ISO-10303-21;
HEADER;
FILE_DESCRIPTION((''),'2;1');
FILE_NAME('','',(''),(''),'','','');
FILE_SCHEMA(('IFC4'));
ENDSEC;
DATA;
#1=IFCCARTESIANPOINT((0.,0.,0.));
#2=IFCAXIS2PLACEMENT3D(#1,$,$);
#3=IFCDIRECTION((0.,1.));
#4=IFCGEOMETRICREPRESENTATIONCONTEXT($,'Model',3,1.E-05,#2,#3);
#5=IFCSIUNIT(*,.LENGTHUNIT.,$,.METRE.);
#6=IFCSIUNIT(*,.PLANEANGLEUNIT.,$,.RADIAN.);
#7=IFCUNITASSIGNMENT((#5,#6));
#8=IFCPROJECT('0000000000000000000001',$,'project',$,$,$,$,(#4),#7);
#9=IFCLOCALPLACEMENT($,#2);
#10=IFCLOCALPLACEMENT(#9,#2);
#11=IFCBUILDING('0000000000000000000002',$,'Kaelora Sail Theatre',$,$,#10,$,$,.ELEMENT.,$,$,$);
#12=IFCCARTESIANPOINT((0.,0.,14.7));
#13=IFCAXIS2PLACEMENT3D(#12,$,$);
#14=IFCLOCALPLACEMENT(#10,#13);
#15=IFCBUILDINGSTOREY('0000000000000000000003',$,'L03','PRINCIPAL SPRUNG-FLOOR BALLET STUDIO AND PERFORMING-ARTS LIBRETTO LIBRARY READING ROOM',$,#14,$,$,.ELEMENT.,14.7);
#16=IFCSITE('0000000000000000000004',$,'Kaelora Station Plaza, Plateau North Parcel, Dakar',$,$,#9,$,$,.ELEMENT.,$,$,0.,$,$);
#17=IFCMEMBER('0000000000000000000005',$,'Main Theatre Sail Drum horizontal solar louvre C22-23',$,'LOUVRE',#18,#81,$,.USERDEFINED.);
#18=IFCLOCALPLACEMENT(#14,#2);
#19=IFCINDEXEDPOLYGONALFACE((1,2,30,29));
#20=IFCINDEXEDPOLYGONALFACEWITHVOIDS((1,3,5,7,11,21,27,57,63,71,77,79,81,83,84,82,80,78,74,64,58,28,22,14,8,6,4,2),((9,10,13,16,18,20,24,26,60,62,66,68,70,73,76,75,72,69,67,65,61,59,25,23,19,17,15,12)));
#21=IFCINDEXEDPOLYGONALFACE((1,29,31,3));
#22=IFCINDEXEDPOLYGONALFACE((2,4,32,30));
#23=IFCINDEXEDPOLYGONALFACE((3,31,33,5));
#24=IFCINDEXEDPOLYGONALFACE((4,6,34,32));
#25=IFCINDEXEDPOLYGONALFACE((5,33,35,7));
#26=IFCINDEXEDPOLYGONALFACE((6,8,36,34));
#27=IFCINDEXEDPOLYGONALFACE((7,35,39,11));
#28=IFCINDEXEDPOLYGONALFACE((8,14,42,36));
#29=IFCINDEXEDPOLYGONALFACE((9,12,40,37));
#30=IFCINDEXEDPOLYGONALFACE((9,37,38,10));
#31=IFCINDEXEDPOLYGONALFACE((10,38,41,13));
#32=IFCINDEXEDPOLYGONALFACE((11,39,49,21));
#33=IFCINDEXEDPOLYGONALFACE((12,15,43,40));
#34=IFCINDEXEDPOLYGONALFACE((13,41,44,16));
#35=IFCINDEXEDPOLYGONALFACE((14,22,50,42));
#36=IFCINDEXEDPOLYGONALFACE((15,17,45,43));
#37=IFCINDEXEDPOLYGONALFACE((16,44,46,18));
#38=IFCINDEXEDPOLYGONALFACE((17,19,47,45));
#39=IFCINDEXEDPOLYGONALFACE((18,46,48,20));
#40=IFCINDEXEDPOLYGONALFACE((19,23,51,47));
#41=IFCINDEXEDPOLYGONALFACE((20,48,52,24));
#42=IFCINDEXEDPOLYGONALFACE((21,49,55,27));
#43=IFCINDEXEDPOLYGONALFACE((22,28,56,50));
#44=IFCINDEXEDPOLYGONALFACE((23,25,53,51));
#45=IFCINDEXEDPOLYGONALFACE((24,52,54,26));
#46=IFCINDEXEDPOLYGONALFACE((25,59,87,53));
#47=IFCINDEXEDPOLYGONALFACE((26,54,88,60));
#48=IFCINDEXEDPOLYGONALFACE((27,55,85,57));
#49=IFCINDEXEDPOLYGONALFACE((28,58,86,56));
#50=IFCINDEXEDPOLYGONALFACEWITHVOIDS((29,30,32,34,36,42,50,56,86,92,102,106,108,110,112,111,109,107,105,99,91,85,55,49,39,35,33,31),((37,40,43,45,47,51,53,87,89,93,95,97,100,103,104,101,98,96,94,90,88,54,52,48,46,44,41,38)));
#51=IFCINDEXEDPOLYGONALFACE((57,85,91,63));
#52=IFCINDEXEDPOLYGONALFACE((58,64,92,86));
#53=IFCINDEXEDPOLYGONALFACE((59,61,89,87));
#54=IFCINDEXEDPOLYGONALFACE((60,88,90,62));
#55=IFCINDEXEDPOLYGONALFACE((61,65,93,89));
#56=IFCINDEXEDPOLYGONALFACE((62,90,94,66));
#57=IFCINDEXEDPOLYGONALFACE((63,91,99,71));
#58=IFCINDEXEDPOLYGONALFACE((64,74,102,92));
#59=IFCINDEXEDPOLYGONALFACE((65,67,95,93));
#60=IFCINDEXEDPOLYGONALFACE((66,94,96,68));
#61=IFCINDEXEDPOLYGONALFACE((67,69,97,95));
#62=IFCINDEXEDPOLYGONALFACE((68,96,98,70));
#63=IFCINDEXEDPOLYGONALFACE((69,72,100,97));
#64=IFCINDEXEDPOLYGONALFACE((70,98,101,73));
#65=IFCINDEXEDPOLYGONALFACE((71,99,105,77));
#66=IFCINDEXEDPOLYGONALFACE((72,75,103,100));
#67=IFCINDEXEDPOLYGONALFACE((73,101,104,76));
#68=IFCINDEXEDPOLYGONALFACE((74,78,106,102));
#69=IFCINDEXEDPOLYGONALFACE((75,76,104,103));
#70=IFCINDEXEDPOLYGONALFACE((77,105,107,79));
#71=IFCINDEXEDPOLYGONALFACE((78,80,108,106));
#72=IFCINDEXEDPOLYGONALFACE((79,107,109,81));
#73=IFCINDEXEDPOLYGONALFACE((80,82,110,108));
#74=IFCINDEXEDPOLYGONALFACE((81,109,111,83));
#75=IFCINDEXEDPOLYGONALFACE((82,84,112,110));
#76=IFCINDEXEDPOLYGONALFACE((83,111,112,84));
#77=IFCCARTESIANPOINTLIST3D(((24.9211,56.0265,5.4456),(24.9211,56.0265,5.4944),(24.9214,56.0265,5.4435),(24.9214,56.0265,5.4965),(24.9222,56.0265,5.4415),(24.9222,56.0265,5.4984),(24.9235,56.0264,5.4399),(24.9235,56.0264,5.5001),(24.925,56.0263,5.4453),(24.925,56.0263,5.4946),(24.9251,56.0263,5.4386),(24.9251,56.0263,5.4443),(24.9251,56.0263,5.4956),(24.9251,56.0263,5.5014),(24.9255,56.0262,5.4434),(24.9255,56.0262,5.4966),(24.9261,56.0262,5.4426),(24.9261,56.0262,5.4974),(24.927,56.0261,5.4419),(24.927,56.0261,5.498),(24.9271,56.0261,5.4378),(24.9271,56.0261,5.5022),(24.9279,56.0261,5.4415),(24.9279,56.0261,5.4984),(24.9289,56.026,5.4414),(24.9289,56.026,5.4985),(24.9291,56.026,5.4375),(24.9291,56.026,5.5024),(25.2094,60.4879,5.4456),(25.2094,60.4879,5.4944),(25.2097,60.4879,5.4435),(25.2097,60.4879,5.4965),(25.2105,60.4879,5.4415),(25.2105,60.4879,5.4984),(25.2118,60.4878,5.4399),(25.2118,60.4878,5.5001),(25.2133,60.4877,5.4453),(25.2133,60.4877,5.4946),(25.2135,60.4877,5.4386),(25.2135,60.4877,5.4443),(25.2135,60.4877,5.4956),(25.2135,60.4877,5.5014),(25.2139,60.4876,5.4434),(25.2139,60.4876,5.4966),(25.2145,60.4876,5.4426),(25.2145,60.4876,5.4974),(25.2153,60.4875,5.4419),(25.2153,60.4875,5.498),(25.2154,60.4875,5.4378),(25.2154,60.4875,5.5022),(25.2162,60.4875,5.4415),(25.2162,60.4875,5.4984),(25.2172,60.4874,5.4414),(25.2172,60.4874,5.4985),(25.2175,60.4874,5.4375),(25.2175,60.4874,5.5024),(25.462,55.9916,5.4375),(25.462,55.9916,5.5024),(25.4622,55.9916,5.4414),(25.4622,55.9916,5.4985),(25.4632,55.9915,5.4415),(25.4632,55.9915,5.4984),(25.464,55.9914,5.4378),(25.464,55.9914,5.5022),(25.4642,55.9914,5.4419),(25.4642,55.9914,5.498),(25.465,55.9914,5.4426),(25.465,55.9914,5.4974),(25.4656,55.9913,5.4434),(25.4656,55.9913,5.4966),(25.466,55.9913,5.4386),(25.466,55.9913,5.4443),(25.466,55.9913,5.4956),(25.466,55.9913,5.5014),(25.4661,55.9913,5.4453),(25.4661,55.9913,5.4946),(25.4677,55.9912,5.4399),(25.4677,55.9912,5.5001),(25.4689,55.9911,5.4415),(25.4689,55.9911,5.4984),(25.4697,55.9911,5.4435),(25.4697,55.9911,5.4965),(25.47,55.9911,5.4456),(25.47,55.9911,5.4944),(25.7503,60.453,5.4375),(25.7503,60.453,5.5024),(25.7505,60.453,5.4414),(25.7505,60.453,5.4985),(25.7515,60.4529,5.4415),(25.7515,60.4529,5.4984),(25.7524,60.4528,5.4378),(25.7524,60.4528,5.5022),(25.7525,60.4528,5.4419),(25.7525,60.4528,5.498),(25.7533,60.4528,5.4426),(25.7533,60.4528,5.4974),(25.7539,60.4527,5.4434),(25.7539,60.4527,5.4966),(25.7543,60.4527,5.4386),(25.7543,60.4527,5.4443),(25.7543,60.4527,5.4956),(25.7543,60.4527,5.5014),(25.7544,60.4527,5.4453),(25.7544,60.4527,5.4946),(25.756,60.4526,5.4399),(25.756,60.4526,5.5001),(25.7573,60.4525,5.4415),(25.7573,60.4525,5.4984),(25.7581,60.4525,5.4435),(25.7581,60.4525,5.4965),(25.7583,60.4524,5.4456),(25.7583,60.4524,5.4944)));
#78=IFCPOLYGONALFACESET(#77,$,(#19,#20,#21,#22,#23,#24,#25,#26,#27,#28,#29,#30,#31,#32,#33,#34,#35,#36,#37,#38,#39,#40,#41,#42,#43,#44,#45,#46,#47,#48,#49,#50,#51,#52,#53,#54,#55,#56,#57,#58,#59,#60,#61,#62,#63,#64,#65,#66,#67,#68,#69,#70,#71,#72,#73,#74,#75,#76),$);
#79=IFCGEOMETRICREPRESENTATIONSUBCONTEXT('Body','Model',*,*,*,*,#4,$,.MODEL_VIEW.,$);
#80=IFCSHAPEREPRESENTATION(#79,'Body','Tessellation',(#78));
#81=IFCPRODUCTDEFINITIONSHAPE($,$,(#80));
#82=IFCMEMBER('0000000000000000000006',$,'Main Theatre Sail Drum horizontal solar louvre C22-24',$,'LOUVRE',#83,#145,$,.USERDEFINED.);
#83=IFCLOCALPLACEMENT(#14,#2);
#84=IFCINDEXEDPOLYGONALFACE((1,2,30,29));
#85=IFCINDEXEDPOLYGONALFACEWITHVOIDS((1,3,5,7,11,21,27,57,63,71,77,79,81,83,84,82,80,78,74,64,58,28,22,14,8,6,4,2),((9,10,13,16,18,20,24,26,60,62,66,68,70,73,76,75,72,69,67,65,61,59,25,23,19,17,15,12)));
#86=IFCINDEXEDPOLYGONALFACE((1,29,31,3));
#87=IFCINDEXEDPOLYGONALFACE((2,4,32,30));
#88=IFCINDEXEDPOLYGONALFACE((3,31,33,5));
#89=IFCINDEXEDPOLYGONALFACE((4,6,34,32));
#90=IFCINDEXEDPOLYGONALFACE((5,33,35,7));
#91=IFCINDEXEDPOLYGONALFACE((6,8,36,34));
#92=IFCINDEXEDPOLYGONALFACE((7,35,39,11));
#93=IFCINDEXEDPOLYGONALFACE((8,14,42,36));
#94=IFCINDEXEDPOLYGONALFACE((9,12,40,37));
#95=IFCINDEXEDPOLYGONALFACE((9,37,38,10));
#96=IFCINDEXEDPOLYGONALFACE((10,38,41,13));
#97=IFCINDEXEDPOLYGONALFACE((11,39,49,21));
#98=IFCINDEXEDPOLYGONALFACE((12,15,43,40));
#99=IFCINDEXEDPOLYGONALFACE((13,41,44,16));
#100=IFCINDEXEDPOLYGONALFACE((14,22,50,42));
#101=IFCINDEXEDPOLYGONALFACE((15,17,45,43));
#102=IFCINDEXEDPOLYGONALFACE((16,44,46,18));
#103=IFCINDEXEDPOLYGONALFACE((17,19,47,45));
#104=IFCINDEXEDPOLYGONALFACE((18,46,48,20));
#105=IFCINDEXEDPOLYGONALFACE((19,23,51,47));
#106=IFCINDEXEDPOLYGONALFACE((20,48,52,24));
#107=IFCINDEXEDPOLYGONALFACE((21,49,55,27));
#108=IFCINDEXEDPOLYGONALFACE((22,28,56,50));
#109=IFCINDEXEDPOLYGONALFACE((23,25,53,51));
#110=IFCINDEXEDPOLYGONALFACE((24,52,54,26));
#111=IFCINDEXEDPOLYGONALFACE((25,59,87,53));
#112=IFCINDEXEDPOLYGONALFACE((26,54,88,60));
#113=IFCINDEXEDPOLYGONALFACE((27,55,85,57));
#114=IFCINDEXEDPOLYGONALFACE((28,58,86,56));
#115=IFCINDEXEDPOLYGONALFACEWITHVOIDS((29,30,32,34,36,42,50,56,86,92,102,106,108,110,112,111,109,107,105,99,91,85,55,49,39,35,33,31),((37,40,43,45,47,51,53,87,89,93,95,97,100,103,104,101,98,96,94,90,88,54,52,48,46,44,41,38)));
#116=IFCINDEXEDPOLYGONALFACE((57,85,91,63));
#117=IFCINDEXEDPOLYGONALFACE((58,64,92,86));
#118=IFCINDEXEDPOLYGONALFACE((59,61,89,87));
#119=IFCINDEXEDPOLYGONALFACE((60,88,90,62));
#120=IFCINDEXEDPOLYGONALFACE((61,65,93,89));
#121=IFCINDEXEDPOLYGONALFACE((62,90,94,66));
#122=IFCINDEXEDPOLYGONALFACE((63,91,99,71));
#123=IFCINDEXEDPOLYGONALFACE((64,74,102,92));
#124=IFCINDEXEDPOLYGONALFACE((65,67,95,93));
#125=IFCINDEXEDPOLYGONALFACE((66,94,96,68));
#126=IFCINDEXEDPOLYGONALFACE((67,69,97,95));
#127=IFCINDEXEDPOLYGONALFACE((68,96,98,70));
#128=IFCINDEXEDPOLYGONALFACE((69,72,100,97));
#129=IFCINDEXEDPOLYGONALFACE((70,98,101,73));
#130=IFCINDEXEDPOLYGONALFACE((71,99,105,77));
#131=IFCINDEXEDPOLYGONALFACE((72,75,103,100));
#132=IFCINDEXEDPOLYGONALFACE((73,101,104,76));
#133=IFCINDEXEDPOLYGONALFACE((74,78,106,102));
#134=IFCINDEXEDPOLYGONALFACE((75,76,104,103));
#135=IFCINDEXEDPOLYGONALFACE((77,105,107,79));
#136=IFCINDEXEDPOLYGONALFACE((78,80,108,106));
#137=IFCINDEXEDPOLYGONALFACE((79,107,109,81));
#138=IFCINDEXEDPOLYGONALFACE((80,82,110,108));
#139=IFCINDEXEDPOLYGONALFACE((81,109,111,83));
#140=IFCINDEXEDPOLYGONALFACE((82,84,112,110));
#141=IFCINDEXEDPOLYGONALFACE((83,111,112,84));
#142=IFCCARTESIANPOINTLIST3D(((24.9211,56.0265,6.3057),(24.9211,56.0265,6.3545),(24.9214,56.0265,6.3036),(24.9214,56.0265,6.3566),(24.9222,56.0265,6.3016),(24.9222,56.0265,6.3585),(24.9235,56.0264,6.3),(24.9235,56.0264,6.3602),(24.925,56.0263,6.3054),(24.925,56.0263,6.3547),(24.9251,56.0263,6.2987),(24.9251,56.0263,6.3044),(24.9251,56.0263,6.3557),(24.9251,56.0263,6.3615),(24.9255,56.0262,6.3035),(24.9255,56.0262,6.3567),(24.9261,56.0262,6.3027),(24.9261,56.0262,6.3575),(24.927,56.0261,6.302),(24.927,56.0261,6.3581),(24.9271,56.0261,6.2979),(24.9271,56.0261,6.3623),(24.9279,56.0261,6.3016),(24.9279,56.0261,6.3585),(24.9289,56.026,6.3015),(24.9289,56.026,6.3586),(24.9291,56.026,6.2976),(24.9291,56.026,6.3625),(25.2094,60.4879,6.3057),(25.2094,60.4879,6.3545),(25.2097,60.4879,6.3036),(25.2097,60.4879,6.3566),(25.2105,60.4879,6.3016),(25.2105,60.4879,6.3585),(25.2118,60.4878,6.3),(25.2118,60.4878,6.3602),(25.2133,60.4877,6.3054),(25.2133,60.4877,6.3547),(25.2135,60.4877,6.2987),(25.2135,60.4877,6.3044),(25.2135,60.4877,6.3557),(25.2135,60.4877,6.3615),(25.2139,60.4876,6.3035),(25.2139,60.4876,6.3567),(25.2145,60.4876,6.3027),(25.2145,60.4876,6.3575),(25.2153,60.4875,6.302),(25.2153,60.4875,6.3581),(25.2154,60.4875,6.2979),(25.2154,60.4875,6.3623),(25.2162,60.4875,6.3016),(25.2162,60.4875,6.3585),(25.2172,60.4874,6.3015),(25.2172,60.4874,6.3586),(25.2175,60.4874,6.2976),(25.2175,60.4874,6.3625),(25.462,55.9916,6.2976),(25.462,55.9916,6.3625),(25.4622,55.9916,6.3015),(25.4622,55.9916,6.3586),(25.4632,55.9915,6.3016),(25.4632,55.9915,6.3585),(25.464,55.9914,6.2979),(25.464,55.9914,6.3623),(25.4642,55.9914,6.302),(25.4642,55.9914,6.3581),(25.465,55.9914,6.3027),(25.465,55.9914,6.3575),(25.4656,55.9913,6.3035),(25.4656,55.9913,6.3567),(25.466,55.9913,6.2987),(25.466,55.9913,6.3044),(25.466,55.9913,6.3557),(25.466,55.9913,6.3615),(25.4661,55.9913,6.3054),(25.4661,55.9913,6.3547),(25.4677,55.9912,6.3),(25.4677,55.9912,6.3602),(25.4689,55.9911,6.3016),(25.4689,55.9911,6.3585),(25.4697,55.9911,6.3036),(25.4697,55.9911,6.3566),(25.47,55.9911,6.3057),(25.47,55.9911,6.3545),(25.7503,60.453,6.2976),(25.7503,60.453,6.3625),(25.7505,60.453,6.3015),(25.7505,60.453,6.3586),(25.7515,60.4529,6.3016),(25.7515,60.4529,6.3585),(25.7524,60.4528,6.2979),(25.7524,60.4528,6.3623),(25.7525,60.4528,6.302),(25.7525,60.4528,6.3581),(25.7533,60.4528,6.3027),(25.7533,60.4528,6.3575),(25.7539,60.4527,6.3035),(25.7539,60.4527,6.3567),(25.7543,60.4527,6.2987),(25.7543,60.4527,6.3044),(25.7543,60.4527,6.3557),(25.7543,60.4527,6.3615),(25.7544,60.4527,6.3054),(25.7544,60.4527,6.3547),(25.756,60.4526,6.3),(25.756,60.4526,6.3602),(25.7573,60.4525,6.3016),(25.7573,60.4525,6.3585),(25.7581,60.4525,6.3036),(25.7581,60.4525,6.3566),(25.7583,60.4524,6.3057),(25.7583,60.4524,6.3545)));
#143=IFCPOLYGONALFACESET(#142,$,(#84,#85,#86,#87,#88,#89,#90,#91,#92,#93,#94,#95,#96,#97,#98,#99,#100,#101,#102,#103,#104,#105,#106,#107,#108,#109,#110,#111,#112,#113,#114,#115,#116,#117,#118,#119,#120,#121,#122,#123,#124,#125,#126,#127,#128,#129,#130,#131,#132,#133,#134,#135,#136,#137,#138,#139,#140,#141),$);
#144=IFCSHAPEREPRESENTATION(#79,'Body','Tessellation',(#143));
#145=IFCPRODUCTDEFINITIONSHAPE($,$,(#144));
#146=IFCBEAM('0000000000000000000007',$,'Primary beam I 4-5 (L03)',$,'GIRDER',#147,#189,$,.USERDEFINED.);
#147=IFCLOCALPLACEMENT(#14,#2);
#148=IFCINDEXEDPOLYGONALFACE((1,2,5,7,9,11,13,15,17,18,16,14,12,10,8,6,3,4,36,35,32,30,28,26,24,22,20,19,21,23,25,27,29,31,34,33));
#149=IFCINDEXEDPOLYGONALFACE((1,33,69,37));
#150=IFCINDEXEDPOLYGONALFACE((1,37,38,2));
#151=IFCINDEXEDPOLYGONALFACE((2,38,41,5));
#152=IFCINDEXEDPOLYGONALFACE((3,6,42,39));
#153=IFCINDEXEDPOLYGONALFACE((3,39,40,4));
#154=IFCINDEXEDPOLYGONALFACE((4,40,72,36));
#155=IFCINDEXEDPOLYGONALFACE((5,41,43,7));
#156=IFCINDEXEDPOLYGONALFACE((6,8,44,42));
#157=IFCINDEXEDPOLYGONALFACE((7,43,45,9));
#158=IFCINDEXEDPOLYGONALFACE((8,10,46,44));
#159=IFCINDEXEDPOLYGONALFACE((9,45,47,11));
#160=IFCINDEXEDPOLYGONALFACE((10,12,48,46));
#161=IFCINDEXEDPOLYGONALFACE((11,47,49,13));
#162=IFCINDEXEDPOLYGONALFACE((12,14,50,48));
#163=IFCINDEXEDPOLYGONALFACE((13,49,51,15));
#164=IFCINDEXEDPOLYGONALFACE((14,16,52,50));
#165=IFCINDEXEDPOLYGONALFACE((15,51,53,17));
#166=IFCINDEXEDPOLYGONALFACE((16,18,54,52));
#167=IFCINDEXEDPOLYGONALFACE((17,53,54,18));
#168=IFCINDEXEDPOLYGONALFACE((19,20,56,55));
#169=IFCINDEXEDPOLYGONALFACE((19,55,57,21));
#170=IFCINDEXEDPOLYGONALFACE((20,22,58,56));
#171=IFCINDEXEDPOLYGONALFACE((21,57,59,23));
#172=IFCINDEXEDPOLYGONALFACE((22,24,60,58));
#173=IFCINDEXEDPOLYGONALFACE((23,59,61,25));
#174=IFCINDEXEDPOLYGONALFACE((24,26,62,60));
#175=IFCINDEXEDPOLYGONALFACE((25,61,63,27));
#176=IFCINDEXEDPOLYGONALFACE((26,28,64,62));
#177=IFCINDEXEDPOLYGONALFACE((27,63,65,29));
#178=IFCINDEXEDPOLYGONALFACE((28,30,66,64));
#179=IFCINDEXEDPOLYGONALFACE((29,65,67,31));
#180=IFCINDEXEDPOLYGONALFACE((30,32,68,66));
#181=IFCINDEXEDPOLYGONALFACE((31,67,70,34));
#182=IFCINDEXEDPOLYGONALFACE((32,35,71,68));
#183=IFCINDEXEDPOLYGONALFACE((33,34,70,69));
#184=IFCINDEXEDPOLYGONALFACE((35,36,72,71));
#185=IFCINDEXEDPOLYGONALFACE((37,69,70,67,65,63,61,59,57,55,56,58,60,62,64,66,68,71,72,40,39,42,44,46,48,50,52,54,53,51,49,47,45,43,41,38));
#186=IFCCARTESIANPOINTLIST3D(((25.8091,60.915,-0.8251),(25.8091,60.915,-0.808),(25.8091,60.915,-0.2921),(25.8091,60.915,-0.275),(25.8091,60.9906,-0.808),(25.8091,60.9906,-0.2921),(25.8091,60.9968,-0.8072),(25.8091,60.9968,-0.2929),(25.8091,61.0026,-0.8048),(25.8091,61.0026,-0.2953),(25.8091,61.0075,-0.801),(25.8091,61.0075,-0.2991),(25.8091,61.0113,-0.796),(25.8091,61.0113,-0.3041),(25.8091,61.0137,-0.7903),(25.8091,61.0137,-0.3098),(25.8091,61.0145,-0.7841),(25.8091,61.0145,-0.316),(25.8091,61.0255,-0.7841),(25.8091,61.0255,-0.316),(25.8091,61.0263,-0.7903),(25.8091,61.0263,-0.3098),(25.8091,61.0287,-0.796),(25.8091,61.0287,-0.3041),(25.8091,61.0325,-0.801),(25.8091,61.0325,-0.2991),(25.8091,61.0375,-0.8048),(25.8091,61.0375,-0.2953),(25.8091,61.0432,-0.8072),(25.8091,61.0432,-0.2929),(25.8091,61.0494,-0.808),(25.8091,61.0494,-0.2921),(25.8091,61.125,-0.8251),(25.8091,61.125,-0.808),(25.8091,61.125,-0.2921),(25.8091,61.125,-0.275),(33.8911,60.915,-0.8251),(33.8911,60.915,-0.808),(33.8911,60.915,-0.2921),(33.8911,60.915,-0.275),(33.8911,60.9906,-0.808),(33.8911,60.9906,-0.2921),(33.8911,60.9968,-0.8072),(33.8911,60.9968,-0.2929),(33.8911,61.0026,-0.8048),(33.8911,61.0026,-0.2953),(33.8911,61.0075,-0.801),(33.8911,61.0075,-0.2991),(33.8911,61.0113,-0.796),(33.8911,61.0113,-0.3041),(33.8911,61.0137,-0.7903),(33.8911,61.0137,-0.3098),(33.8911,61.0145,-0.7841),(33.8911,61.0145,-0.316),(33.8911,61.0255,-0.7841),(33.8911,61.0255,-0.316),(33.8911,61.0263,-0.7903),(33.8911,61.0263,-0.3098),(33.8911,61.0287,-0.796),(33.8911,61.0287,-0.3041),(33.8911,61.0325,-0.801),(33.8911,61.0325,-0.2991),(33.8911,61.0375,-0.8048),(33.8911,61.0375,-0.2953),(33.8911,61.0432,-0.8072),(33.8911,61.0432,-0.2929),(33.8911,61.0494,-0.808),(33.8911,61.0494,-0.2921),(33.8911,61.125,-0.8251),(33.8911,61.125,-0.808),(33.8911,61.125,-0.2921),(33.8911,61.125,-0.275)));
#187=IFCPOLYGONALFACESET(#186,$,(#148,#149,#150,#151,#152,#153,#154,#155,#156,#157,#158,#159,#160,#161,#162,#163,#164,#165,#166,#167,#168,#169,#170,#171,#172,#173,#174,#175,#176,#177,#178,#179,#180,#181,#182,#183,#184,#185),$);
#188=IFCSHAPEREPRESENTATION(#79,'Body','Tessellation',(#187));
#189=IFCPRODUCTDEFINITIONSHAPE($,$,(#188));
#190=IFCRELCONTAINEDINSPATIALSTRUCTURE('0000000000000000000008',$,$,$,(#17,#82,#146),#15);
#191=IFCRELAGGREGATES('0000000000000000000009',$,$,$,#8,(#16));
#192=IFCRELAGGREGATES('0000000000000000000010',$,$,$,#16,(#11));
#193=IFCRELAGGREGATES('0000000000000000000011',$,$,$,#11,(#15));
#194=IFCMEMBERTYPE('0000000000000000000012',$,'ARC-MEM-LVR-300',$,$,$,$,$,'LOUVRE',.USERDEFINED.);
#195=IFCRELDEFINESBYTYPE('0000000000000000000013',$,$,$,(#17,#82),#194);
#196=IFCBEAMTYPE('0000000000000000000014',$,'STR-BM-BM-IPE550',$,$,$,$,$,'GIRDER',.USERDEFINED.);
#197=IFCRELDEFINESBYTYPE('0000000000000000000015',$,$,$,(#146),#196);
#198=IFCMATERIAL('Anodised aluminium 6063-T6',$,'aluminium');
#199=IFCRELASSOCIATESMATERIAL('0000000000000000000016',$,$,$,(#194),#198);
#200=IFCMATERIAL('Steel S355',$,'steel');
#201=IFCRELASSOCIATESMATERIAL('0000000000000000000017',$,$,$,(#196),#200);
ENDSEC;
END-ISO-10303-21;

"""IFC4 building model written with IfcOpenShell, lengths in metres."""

from ifc_helpers import new_model, si_unit, direction, frame, origin, origin_2d, place, context, subcontext, project, spatial, hollow_rectangle, i_section, extrude, material, material_profile, profile_set, type_object, element, save


model = new_model("IFC4")

# Units and contexts
model_context = context("Model", 3, precision=1e-05, world=origin(), true_north=direction((0.0, 1.0)))
body_context = subcontext(model_context, "Body", "Model", "MODEL_VIEW")
ifc_project = project(units=[si_unit("LENGTHUNIT", "METRE"), si_unit("PLANEANGLEUNIT", "RADIAN")], contexts=[model_context])

# Site, building, storey
site_placement = place(None, origin())
site = spatial("IfcSite", under=ifc_project, at=site_placement, Name="Kaelora Station Plaza, Plateau North Parcel, Dakar", CompositionType="ELEMENT", RefElevation=0.0)
building_placement = place(site_placement, origin())
building = spatial("IfcBuilding", under=site, at=building_placement, Name="Kaelora Sail Theatre", CompositionType="ELEMENT")
storey_placement = place(building_placement, frame((0.0, 0.0, 14.7)))
storey = spatial("IfcBuildingStorey", under=building, at=storey_placement, Name="L03", Description="PRINCIPAL SPRUNG-FLOOR BALLET STUDIO AND PERFORMING-ARTS LIBRETTO LIBRARY READING ROOM", CompositionType="ELEMENT", Elevation=14.7)

# Members
ifc_material_1 = material(Name="Anodised aluminium 6063-T6", Category="aluminium")
ifc_material_profile_1 = material_profile(ifc_material_1, hollow_rectangle(XDim=0.55, YDim=0.0649, WallThickness=0.0039, InnerFilletRadius=0.0039, OuterFilletRadius=0.0081, at=origin_2d()), Name="LOUVRE 550x65x4")
ifc_profile_set_1 = profile_set([ifc_material_profile_1], Name="Anodised aluminium 6063-T6")
member_type = type_object("IfcMemberType", Name="ARC-MEM-LVR-300", ElementType="LOUVRE", PredefinedType="USERDEFINED", material=ifc_profile_set_1)
for number, where, z_axis, x_axis, name in (
    (1, (25.1956, 56.0088, 5.47), (0.064493, 0.997918, 0.0), (-0.997918, 0.064493, 0.0), "Main Theatre Sail Drum horizontal solar louvre C22-23"),
    (2, (25.1956, 56.0088, 6.3301), (0.064493, 0.997918, 0.0), (-0.997918, 0.064493, 0.0), "Main Theatre Sail Drum horizontal solar louvre C22-24"),
):
    element("IfcMember", number, at=place(storey_placement, frame(where, z_axis=z_axis, x_axis=x_axis)), inside=storey, type_object=member_type, Name=name, ObjectType="LOUVRE", PredefinedType="USERDEFINED", context=body_context, shape_type="SweptSolid", body=[
        extrude(hollow_rectangle(XDim=0.55, YDim=0.0649, WallThickness=0.0039, InnerFilletRadius=0.0039, OuterFilletRadius=0.0081, at=origin_2d()), origin(), (0.0, 0.0, 1.0), 4.4707),
    ])

# Beam
ifc_material_2 = material(Name="Steel S355", Category="steel")
ifc_material_profile_2 = material_profile(ifc_material_2, i_section(OverallWidth=0.21, OverallDepth=0.55, WebThickness=0.011, FlangeThickness=0.0171, FilletRadius=0.0239, at=origin_2d()), Name="IPE 550")
ifc_profile_set_2 = profile_set([ifc_material_profile_2], Name="Steel S355")
beam_type_1 = type_object("IfcBeamType", Name="STR-BM-BM-IPE550", ElementType="GIRDER", PredefinedType="USERDEFINED", material=ifc_profile_set_2)
for number, where, z_axis, x_axis, name in (
    (3, (25.8091, 61.02, -0.55), (1.0, 0.0, 0.0), (0.0, 1.0, 0.0), "Primary beam I 4-5 (L03)"),
):
    element("IfcBeam", number, at=place(storey_placement, frame(where, z_axis=z_axis, x_axis=x_axis)), inside=storey, type_object=beam_type_1, Name=name, ObjectType="GIRDER", PredefinedType="USERDEFINED", context=body_context, shape_type="SweptSolid", body=[
        extrude(i_section(OverallWidth=0.21, OverallDepth=0.55, WebThickness=0.011, FlangeThickness=0.0171, FilletRadius=0.0239, at=origin_2d()), origin(), (0.0, 0.0, 1.0), 8.082),
    ])

save(model, "model.ifc")
